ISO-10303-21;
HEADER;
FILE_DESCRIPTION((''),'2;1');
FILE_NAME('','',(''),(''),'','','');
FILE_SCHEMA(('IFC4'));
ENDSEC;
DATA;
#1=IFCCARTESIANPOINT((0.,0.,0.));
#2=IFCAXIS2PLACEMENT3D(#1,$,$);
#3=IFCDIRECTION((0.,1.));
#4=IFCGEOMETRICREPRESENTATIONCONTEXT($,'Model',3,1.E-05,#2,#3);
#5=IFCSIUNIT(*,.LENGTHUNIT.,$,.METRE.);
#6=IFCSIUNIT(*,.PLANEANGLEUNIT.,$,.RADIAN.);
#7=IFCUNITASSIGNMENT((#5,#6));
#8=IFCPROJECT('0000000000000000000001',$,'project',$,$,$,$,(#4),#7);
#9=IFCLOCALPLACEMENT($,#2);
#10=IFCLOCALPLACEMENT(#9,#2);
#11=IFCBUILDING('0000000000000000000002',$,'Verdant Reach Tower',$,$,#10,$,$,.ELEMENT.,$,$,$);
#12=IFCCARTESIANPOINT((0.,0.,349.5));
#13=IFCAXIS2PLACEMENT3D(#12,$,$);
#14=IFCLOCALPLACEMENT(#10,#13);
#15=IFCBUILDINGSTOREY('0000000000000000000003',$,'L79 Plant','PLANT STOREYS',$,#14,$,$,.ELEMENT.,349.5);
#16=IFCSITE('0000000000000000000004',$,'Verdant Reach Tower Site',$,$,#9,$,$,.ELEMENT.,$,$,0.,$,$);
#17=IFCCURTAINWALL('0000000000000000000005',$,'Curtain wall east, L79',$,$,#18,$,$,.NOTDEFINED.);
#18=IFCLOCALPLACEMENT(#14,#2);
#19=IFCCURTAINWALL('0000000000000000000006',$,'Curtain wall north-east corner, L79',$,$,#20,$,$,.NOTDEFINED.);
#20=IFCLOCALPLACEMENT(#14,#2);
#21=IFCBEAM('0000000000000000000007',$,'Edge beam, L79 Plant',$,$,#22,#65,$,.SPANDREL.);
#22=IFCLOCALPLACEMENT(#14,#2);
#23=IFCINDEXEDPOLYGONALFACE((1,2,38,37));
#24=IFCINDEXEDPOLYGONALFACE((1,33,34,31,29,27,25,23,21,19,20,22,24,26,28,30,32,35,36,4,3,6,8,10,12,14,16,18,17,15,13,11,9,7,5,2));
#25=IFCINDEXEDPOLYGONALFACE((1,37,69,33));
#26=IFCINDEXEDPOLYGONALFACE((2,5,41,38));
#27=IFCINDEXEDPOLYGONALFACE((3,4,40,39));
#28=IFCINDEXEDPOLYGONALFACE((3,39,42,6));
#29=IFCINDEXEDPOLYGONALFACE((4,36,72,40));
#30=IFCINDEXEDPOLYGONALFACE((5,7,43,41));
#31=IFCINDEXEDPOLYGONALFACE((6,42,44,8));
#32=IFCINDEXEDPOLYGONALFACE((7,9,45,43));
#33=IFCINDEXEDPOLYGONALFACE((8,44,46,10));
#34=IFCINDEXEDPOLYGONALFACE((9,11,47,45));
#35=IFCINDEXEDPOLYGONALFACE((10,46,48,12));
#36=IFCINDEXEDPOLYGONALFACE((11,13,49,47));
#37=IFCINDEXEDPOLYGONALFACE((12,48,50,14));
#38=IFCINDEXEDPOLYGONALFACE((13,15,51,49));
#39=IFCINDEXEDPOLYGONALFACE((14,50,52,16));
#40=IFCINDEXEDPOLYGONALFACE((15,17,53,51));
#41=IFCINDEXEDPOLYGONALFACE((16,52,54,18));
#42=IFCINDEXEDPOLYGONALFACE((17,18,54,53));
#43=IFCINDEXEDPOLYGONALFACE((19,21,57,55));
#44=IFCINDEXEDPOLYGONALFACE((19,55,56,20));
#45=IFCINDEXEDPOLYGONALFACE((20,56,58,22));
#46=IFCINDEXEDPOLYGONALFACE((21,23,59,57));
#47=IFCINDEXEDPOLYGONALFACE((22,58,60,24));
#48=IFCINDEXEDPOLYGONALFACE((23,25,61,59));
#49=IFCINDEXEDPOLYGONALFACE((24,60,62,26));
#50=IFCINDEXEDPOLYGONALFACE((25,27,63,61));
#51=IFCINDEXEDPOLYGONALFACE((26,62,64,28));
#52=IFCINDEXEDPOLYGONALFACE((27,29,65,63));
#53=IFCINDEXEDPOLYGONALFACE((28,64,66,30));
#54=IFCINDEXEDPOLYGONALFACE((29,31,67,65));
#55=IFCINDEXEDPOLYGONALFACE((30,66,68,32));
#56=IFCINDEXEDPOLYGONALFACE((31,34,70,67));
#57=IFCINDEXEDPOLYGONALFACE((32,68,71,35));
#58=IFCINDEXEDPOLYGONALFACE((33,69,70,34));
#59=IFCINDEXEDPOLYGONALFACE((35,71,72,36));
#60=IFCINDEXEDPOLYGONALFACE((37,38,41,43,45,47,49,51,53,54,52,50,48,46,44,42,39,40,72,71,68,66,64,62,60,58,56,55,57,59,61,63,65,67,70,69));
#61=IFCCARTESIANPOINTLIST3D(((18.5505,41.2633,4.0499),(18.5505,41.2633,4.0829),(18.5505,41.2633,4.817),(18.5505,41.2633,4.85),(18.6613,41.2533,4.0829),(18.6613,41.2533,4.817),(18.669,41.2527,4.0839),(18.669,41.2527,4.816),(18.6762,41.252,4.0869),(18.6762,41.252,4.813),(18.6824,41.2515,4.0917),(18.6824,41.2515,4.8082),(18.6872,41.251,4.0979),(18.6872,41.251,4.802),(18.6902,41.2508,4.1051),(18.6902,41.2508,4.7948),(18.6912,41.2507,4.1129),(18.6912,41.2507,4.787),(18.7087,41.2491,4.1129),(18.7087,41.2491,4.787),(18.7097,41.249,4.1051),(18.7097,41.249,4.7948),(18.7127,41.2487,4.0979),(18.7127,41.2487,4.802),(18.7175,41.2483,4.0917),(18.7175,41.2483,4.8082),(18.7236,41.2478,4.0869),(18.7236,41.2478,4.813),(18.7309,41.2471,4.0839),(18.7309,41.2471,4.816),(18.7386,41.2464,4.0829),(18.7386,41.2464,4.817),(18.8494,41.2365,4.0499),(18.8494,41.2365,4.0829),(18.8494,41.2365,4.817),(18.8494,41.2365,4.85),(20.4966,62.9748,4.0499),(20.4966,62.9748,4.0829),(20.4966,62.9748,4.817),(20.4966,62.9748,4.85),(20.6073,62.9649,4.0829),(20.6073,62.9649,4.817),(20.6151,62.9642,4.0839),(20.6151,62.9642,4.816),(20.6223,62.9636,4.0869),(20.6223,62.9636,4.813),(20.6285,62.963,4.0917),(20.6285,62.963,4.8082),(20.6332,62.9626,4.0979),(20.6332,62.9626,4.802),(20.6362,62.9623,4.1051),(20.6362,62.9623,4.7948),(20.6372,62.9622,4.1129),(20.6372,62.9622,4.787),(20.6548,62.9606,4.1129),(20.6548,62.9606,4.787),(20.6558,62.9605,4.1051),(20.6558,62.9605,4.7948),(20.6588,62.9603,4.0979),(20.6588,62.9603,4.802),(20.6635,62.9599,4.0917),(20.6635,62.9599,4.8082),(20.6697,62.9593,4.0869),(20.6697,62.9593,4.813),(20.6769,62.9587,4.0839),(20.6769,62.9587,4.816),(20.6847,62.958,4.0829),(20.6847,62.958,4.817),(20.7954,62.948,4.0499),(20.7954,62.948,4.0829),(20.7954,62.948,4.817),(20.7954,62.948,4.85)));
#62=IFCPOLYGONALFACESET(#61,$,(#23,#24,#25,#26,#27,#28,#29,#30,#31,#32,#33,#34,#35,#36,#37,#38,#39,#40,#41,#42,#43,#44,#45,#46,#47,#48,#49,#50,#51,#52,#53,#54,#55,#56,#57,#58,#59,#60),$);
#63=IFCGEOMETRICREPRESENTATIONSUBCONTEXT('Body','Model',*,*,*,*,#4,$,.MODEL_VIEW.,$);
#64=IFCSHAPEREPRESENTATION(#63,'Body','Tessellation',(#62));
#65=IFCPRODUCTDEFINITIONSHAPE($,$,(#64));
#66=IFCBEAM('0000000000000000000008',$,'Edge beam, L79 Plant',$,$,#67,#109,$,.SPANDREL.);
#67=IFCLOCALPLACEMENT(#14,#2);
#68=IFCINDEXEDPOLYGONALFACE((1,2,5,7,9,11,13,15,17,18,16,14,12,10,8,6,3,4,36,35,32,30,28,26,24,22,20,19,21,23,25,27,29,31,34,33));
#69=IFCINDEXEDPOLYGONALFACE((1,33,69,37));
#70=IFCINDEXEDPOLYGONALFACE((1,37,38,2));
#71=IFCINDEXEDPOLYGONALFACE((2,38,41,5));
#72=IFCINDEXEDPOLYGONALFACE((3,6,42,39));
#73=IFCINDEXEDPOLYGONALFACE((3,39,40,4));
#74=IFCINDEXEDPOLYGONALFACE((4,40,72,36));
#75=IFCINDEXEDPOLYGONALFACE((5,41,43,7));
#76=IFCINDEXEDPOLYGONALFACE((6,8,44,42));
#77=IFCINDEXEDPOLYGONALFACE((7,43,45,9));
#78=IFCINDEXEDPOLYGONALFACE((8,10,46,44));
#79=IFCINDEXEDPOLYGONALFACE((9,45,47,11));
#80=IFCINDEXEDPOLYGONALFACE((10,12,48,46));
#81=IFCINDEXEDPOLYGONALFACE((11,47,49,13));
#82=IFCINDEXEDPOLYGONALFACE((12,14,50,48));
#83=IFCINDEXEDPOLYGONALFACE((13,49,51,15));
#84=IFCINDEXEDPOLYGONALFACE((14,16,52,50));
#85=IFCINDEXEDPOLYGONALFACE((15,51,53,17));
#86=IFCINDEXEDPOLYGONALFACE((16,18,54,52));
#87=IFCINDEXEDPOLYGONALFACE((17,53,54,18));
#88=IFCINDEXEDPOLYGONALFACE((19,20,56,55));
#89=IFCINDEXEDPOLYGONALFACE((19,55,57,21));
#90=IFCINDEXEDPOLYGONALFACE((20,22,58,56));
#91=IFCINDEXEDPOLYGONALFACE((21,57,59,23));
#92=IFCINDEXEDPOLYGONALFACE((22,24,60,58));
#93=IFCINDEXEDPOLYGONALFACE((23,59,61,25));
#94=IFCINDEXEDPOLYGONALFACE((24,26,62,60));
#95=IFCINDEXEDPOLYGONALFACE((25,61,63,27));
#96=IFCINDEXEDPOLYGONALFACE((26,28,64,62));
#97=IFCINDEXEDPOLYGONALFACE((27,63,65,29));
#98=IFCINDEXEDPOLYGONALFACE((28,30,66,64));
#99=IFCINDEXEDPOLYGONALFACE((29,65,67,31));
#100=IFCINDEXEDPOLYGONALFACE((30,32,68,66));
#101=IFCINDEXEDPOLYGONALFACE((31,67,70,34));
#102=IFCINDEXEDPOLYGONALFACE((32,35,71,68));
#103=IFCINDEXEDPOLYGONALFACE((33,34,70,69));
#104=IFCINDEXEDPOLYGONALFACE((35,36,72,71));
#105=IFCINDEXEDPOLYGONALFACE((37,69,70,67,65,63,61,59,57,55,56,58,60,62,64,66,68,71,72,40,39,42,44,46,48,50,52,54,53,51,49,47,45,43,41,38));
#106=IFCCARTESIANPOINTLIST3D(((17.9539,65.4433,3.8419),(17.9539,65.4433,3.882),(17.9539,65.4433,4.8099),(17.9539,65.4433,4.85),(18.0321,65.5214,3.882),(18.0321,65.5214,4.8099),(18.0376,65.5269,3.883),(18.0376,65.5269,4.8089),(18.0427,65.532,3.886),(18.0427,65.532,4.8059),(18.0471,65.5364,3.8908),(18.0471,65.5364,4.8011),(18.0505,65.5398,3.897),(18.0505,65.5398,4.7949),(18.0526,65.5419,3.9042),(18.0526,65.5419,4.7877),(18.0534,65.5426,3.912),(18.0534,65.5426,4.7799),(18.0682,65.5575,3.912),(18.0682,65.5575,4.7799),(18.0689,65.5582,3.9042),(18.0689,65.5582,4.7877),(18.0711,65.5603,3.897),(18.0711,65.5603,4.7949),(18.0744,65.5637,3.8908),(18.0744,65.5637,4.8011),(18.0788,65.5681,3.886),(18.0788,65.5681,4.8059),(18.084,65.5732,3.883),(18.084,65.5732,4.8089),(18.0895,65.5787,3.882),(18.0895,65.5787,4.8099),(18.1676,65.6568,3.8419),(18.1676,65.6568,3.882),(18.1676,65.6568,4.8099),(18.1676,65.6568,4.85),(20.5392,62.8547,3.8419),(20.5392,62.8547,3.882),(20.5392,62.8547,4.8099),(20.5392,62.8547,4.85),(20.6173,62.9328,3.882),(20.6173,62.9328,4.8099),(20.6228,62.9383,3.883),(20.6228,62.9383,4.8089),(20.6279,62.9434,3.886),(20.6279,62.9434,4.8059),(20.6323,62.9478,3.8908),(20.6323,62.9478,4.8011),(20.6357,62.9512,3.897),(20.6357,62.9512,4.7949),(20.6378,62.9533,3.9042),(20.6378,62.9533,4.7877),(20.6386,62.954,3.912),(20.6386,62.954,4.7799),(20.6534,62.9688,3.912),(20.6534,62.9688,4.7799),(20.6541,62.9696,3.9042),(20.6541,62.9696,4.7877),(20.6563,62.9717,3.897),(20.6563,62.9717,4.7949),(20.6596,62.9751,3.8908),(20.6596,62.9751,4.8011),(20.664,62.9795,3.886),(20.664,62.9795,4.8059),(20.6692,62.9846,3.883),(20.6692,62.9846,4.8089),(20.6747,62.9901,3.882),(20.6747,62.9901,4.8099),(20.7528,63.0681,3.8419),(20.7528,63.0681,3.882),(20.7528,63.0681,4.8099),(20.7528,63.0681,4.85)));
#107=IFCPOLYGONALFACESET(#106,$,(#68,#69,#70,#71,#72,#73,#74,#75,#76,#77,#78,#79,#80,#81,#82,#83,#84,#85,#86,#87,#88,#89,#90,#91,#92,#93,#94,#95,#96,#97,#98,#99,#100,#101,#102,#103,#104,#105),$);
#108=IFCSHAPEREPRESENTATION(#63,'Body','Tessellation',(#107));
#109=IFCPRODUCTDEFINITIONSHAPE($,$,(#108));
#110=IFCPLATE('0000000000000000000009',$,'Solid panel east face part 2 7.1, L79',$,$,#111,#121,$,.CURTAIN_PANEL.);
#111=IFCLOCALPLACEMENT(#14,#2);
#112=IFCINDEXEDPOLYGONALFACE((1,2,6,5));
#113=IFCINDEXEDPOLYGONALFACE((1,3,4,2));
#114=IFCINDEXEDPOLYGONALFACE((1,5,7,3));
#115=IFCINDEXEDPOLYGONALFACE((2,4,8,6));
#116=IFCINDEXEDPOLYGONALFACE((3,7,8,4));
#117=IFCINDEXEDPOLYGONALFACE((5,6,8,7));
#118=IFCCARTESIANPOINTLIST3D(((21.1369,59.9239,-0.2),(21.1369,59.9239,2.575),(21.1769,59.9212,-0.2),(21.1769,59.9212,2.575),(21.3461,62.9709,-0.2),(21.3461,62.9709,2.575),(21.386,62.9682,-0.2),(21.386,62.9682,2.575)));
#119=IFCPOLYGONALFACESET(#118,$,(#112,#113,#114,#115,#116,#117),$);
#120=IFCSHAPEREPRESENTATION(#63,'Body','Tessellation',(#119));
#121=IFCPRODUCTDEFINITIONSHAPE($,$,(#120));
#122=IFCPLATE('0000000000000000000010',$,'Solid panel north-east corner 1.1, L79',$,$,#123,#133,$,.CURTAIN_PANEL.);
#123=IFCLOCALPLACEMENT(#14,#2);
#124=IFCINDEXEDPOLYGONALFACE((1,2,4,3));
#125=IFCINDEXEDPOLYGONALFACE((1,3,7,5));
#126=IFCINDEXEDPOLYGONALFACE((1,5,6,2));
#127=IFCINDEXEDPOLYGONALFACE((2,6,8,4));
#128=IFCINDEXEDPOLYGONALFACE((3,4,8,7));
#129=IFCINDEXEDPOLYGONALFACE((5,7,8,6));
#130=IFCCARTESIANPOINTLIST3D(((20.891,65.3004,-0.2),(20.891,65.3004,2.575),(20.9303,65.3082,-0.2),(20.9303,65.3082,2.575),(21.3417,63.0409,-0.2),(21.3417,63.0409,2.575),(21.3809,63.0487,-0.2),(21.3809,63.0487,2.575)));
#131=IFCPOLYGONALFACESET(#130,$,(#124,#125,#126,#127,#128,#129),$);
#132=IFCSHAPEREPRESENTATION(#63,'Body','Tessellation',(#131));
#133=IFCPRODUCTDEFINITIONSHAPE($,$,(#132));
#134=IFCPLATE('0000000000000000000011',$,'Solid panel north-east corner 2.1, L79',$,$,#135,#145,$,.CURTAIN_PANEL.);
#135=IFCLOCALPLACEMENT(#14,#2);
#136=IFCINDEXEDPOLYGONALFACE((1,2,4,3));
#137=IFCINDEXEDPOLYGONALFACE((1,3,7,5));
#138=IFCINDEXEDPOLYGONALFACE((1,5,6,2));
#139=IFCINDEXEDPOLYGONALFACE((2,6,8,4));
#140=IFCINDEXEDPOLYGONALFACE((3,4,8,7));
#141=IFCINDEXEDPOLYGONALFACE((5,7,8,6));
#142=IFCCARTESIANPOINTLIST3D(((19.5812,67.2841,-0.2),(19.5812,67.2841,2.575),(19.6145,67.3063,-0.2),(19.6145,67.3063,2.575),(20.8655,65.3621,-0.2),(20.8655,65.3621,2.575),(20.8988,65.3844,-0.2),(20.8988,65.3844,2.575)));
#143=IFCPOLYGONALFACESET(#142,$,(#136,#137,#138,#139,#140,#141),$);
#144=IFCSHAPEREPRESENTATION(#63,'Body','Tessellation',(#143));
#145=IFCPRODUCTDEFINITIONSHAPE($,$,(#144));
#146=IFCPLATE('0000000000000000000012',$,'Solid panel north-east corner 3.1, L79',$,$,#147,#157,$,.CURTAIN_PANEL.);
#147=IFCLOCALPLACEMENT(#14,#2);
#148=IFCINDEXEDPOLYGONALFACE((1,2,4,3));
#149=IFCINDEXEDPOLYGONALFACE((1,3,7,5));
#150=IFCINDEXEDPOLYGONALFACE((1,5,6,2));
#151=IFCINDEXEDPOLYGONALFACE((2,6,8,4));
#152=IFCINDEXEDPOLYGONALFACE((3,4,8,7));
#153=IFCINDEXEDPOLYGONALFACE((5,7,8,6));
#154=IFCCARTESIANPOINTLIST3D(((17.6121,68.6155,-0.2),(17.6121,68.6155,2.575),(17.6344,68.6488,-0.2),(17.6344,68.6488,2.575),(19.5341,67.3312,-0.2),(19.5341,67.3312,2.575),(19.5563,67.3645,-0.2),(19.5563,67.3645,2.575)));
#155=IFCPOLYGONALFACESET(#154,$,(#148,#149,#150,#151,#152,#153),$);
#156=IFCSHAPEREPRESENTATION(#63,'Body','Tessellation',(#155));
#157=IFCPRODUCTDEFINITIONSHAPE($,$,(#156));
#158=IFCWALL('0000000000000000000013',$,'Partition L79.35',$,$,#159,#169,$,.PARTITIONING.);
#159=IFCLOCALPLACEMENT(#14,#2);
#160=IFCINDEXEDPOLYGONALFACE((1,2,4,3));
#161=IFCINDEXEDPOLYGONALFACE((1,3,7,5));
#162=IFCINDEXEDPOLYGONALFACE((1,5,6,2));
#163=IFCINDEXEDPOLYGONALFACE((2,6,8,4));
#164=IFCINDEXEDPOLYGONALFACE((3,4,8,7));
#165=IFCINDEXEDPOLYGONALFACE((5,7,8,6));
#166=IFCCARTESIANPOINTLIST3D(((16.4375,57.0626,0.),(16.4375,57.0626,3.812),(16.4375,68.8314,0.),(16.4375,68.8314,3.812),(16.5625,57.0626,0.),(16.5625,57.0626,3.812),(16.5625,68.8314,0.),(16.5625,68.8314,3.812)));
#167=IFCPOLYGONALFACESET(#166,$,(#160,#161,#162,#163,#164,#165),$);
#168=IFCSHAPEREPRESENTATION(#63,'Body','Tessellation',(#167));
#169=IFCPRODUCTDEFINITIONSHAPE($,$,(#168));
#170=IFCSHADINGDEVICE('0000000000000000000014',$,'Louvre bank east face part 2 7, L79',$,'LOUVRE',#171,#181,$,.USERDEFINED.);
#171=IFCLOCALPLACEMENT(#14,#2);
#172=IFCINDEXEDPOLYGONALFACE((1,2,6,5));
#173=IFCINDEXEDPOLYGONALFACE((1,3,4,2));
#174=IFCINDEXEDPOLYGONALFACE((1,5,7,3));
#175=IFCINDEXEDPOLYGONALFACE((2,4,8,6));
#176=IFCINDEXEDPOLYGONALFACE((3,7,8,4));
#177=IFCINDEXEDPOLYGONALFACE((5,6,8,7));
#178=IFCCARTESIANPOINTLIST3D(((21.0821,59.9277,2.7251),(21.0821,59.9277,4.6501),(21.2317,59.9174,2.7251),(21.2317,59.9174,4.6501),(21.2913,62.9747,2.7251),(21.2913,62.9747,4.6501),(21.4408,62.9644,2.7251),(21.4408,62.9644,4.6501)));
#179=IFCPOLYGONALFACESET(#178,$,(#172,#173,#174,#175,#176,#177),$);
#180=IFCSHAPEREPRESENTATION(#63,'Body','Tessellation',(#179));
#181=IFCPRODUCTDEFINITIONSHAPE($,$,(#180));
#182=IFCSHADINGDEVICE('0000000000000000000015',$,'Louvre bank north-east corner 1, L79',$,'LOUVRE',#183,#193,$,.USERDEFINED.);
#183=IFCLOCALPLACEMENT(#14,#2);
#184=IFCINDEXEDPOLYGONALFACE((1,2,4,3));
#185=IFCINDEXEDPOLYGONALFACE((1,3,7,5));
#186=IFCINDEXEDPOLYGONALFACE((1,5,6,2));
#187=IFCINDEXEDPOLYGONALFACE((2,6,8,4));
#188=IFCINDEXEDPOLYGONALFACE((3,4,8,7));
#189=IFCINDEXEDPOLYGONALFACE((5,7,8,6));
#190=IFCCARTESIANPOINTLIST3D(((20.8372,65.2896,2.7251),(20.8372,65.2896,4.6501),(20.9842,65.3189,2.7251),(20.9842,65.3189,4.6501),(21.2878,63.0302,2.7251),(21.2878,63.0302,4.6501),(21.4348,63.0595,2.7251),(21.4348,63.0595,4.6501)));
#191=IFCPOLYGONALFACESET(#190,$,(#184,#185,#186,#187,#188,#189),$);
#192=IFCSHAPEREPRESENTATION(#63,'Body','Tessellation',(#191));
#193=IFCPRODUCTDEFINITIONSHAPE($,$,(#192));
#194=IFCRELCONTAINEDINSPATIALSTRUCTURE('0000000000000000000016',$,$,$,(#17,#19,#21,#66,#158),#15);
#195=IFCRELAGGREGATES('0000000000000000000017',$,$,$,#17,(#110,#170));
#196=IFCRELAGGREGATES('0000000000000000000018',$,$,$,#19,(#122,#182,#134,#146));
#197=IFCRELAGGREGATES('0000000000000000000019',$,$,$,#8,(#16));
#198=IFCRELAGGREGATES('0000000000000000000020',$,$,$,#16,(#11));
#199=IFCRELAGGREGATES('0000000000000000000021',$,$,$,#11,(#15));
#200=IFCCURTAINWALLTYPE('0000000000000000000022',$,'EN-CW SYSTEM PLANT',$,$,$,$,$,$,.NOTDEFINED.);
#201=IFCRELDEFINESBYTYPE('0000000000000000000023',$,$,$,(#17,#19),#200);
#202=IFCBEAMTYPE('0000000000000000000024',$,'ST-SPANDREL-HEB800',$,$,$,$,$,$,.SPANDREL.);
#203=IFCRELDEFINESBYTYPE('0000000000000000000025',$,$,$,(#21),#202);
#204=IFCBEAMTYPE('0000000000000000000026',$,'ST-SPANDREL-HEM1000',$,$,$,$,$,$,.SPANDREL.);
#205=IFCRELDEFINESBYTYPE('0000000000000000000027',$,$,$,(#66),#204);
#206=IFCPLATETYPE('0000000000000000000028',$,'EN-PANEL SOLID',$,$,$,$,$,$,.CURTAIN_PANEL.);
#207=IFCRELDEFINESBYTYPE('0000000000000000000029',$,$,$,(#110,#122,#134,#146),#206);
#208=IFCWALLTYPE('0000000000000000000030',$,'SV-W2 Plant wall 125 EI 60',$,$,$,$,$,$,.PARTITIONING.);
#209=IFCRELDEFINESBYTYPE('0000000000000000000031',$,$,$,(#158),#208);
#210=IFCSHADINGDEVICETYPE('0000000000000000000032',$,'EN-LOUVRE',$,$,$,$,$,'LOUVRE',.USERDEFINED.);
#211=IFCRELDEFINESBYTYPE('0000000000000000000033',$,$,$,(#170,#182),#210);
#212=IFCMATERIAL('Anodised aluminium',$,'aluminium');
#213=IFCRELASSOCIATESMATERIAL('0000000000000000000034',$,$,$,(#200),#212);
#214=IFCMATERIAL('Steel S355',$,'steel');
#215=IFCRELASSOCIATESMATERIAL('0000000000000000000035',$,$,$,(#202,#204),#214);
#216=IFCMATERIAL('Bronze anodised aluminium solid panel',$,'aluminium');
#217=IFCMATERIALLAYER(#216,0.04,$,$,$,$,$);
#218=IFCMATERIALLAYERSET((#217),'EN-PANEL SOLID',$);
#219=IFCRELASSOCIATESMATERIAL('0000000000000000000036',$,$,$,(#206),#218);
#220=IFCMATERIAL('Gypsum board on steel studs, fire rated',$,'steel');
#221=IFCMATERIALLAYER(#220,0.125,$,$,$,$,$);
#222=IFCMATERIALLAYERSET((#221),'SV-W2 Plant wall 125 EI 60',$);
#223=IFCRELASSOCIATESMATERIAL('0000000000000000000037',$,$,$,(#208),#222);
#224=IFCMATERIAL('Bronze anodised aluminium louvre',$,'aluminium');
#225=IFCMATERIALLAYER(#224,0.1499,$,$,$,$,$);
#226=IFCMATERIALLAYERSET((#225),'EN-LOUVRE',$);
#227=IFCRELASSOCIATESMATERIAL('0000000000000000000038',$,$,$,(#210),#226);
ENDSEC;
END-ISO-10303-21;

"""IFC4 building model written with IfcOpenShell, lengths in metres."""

from ifc_helpers import new_model, si_unit, direction, frame, frame_2d, origin, origin_2d, place, context, subcontext, project, spatial, rectangle, i_section, extrude, material, layer, layer_set, material_profile, profile_set, type_object, element, aggregate, save


model = new_model("IFC4")

# Units and contexts
model_context = context("Model", 3, precision=1e-05, world=origin(), true_north=direction((0.0, 1.0)))
body_context = subcontext(model_context, "Body", "Model", "MODEL_VIEW")
ifc_project = project(units=[si_unit("LENGTHUNIT", "METRE"), si_unit("PLANEANGLEUNIT", "RADIAN")], contexts=[model_context])

# Site, building, storey
site_placement = place(None, origin())
site = spatial("IfcSite", under=ifc_project, at=site_placement, Name="Verdant Reach Tower Site", CompositionType="ELEMENT", RefElevation=0.0)
building_placement = place(site_placement, origin())
building = spatial("IfcBuilding", under=site, at=building_placement, Name="Verdant Reach Tower", CompositionType="ELEMENT")
storey_placement = place(building_placement, frame((0.0, 0.0, 349.5)))
storey = spatial("IfcBuildingStorey", under=building, at=storey_placement, Name="L79 Plant", Description="PLANT STOREYS", CompositionType="ELEMENT", Elevation=349.5)

# Curtain wall
ifc_material_1 = material(Name="Anodised aluminium", Category="aluminium")
curtain_wall_type = type_object("IfcCurtainWallType", Name="EN-CW SYSTEM PLANT", PredefinedType="NOTDEFINED", material=ifc_material_1)
curtain_wall_1_placement = place(storey_placement, origin())
curtain_wall_1 = element("IfcCurtainWall", 1, at=curtain_wall_1_placement, inside=storey, type_object=curtain_wall_type, Name="Curtain wall east, L79", PredefinedType="NOTDEFINED")

# Curtain wall
curtain_wall_2_placement = place(storey_placement, origin())
curtain_wall_2 = element("IfcCurtainWall", 2, at=curtain_wall_2_placement, inside=storey, type_object=curtain_wall_type, Name="Curtain wall north-east corner, L79", PredefinedType="NOTDEFINED")

# Beams
ifc_material_2 = material(Name="Steel S355", Category="steel")
ifc_material_profile_1 = material_profile(ifc_material_2, i_section(OverallWidth=0.3, OverallDepth=0.8, WebThickness=0.0176, FlangeThickness=0.033, FilletRadius=0.03, at=origin_2d()), Name="HEB 800")
ifc_profile_set_1 = profile_set([ifc_material_profile_1], Name="Steel S355")
beam_type_1 = type_object("IfcBeamType", Name="ST-SPANDREL-HEB800", PredefinedType="SPANDREL", material=ifc_profile_set_1)
beam_1_placement = place(storey_placement, frame((20.646, 62.9614, 4.45), z_axis=(-0.089274, -0.996007, 0.0), x_axis=(0.996007, -0.089274, 0.0)))
element("IfcBeam", 3, at=beam_1_placement, inside=storey, type_object=beam_type_1, Name="Edge beam, L79 Plant", PredefinedType="SPANDREL", context=body_context, shape_type="SweptSolid", body=[
    extrude(i_section(OverallWidth=0.3, OverallDepth=0.8, WebThickness=0.0176, FlangeThickness=0.033, FilletRadius=0.03, at=origin_2d()), origin(), (0.0, 0.0, 1.0), 21.7986),
])
ifc_material_profile_2 = material_profile(ifc_material_2, i_section(OverallWidth=0.302, OverallDepth=1.0081, WebThickness=0.021, FlangeThickness=0.04, FilletRadius=0.03, at=origin_2d()), Name="HEM 1000")
ifc_profile_set_2 = profile_set([ifc_material_profile_2], Name="Steel S355")
beam_type_2 = type_object("IfcBeamType", Name="ST-SPANDREL-HEM1000", PredefinedType="SPANDREL", material=ifc_profile_set_2)
beam_2_placement = place(storey_placement, frame((18.0608, 65.55, 4.3459), z_axis=(0.706639, -0.707574, 0.0), x_axis=(0.707574, 0.706639, 0.0)))
element("IfcBeam", 4, at=beam_2_placement, inside=storey, type_object=beam_type_2, Name="Edge beam, L79 Plant", PredefinedType="SPANDREL", context=body_context, shape_type="SweptSolid", body=[
    extrude(i_section(OverallWidth=0.302, OverallDepth=1.0081, WebThickness=0.021, FlangeThickness=0.04, FilletRadius=0.03, at=origin_2d()), origin(), (0.0, 0.0, 1.0), 3.6584),
])

# Plates
ifc_material_3 = material(Name="Bronze anodised aluminium solid panel", Category="aluminium")
ifc_layer_1 = layer(ifc_material_3, 0.04)
ifc_layer_set_1 = layer_set([ifc_layer_1], Name="EN-PANEL SOLID")
plate_type = type_object("IfcPlateType", Name="EN-PANEL SOLID", PredefinedType="CURTAIN_PANEL", material=ifc_layer_set_1)
plate_1_placement = place(storey_placement, frame((21.2615, 61.446, -0.2), z_axis=(0.0, 0.0, 1.0), x_axis=(0.068469, 0.997653, 0.0)))
plate_1 = element("IfcPlate", 5, at=plate_1_placement, type_object=plate_type, Name="Solid panel east face part 2 7.1, L79", PredefinedType="CURTAIN_PANEL", context=body_context, shape_type="SweptSolid", body=[
    extrude(rectangle(XDim=3.0542, YDim=0.04, at=origin_2d()), origin(), (0.0, 0.0, 1.0), 2.7749),
])
plate_2_placement = place(storey_placement, frame((21.136, 64.1746, -0.2), z_axis=(0.0, 0.0, 1.0), x_axis=(-0.195593, 0.980685, 0.0)))
plate_2 = element("IfcPlate", 6, at=plate_2_placement, type_object=plate_type, Name="Solid panel north-east corner 1.1, L79", PredefinedType="CURTAIN_PANEL", context=body_context, shape_type="SweptSolid", body=[
    extrude(rectangle(XDim=2.304, YDim=0.04, at=origin_2d()), origin(), (0.0, 0.0, 1.0), 2.7749),
])
plate_3_placement = place(storey_placement, frame((20.24, 66.3342, -0.2), z_axis=(0.0, 0.0, 1.0), x_axis=(-0.555596, 0.831452, 0.0)))
plate_3 = element("IfcPlate", 7, at=plate_3_placement, type_object=plate_type, Name="Solid panel north-east corner 2.1, L79", PredefinedType="CURTAIN_PANEL", context=body_context, shape_type="SweptSolid", body=[
    extrude(rectangle(XDim=2.3115, YDim=0.04, at=origin_2d()), origin(), (0.0, 0.0, 1.0), 2.7749),
])
plate_4_placement = place(storey_placement, frame((18.5842, 67.99, -0.2), z_axis=(0.0, 0.0, 1.0), x_axis=(-0.831452, 0.555596, 0.0)))
plate_4 = element("IfcPlate", 8, at=plate_4_placement, type_object=plate_type, Name="Solid panel north-east corner 3.1, L79", PredefinedType="CURTAIN_PANEL", context=body_context, shape_type="SweptSolid", body=[
    extrude(rectangle(XDim=2.3115, YDim=0.04, at=origin_2d()), origin(), (0.0, 0.0, 1.0), 2.7749),
])

# Wall
ifc_material_4 = material(Name="Gypsum board on steel studs, fire rated", Category="steel")
ifc_layer_2 = layer(ifc_material_4, 0.125)
ifc_layer_set_2 = layer_set([ifc_layer_2], Name="SV-W2 Plant wall 125 EI 60")
wall_type = type_object("IfcWallType", Name="SV-W2 Plant wall 125 EI 60", PredefinedType="PARTITIONING", material=ifc_layer_set_2)
wall_placement = place(storey_placement, frame((16.5, 68.8313, 0.0), z_axis=(0.0, 0.0, 1.0), x_axis=(0.0, -1.0, 0.0)))
element("IfcWall", 9, at=wall_placement, inside=storey, type_object=wall_type, Name="Partition L79.35", PredefinedType="PARTITIONING", context=body_context, shape_type="SweptSolid", body=[
    extrude(rectangle(XDim=11.7688, YDim=0.125, at=frame_2d((5.8843, 0.0))), origin(), (0.0, 0.0, 1.0), 3.812),
])

# Shading devices
ifc_material_5 = material(Name="Bronze anodised aluminium louvre", Category="aluminium")
ifc_layer_3 = layer(ifc_material_5, 0.1499)
ifc_layer_set_3 = layer_set([ifc_layer_3], Name="EN-LOUVRE")
shading_device_type = type_object("IfcShadingDeviceType", Name="EN-LOUVRE", ElementType="LOUVRE", PredefinedType="USERDEFINED", material=ifc_layer_set_3)
shading_device_1_placement = place(storey_placement, frame((21.2615, 61.446, 2.7251), z_axis=(0.0, 0.0, 1.0), x_axis=(0.068469, 0.997653, 0.0)))
shading_device_1 = element("IfcShadingDevice", 10, at=shading_device_1_placement, type_object=shading_device_type, Name="Louvre bank east face part 2 7, L79", ObjectType="LOUVRE", PredefinedType="USERDEFINED", context=body_context, shape_type="SweptSolid", body=[
    extrude(rectangle(XDim=3.0542, YDim=0.1499, at=origin_2d()), origin(), (0.0, 0.0, 1.0), 1.925),
])
aggregate(curtain_wall_1, [plate_1, shading_device_1])
shading_device_2_placement = place(storey_placement, frame((21.136, 64.1746, 2.7251), z_axis=(0.0, 0.0, 1.0), x_axis=(-0.195593, 0.980685, 0.0)))
shading_device_2 = element("IfcShadingDevice", 11, at=shading_device_2_placement, type_object=shading_device_type, Name="Louvre bank north-east corner 1, L79", ObjectType="LOUVRE", PredefinedType="USERDEFINED", context=body_context, shape_type="SweptSolid", body=[
    extrude(rectangle(XDim=2.304, YDim=0.1499, at=origin_2d()), origin(), (0.0, 0.0, 1.0), 1.925),
])
aggregate(curtain_wall_2, [plate_2, shading_device_2, plate_3, plate_4])

save(model, "model.ifc")
